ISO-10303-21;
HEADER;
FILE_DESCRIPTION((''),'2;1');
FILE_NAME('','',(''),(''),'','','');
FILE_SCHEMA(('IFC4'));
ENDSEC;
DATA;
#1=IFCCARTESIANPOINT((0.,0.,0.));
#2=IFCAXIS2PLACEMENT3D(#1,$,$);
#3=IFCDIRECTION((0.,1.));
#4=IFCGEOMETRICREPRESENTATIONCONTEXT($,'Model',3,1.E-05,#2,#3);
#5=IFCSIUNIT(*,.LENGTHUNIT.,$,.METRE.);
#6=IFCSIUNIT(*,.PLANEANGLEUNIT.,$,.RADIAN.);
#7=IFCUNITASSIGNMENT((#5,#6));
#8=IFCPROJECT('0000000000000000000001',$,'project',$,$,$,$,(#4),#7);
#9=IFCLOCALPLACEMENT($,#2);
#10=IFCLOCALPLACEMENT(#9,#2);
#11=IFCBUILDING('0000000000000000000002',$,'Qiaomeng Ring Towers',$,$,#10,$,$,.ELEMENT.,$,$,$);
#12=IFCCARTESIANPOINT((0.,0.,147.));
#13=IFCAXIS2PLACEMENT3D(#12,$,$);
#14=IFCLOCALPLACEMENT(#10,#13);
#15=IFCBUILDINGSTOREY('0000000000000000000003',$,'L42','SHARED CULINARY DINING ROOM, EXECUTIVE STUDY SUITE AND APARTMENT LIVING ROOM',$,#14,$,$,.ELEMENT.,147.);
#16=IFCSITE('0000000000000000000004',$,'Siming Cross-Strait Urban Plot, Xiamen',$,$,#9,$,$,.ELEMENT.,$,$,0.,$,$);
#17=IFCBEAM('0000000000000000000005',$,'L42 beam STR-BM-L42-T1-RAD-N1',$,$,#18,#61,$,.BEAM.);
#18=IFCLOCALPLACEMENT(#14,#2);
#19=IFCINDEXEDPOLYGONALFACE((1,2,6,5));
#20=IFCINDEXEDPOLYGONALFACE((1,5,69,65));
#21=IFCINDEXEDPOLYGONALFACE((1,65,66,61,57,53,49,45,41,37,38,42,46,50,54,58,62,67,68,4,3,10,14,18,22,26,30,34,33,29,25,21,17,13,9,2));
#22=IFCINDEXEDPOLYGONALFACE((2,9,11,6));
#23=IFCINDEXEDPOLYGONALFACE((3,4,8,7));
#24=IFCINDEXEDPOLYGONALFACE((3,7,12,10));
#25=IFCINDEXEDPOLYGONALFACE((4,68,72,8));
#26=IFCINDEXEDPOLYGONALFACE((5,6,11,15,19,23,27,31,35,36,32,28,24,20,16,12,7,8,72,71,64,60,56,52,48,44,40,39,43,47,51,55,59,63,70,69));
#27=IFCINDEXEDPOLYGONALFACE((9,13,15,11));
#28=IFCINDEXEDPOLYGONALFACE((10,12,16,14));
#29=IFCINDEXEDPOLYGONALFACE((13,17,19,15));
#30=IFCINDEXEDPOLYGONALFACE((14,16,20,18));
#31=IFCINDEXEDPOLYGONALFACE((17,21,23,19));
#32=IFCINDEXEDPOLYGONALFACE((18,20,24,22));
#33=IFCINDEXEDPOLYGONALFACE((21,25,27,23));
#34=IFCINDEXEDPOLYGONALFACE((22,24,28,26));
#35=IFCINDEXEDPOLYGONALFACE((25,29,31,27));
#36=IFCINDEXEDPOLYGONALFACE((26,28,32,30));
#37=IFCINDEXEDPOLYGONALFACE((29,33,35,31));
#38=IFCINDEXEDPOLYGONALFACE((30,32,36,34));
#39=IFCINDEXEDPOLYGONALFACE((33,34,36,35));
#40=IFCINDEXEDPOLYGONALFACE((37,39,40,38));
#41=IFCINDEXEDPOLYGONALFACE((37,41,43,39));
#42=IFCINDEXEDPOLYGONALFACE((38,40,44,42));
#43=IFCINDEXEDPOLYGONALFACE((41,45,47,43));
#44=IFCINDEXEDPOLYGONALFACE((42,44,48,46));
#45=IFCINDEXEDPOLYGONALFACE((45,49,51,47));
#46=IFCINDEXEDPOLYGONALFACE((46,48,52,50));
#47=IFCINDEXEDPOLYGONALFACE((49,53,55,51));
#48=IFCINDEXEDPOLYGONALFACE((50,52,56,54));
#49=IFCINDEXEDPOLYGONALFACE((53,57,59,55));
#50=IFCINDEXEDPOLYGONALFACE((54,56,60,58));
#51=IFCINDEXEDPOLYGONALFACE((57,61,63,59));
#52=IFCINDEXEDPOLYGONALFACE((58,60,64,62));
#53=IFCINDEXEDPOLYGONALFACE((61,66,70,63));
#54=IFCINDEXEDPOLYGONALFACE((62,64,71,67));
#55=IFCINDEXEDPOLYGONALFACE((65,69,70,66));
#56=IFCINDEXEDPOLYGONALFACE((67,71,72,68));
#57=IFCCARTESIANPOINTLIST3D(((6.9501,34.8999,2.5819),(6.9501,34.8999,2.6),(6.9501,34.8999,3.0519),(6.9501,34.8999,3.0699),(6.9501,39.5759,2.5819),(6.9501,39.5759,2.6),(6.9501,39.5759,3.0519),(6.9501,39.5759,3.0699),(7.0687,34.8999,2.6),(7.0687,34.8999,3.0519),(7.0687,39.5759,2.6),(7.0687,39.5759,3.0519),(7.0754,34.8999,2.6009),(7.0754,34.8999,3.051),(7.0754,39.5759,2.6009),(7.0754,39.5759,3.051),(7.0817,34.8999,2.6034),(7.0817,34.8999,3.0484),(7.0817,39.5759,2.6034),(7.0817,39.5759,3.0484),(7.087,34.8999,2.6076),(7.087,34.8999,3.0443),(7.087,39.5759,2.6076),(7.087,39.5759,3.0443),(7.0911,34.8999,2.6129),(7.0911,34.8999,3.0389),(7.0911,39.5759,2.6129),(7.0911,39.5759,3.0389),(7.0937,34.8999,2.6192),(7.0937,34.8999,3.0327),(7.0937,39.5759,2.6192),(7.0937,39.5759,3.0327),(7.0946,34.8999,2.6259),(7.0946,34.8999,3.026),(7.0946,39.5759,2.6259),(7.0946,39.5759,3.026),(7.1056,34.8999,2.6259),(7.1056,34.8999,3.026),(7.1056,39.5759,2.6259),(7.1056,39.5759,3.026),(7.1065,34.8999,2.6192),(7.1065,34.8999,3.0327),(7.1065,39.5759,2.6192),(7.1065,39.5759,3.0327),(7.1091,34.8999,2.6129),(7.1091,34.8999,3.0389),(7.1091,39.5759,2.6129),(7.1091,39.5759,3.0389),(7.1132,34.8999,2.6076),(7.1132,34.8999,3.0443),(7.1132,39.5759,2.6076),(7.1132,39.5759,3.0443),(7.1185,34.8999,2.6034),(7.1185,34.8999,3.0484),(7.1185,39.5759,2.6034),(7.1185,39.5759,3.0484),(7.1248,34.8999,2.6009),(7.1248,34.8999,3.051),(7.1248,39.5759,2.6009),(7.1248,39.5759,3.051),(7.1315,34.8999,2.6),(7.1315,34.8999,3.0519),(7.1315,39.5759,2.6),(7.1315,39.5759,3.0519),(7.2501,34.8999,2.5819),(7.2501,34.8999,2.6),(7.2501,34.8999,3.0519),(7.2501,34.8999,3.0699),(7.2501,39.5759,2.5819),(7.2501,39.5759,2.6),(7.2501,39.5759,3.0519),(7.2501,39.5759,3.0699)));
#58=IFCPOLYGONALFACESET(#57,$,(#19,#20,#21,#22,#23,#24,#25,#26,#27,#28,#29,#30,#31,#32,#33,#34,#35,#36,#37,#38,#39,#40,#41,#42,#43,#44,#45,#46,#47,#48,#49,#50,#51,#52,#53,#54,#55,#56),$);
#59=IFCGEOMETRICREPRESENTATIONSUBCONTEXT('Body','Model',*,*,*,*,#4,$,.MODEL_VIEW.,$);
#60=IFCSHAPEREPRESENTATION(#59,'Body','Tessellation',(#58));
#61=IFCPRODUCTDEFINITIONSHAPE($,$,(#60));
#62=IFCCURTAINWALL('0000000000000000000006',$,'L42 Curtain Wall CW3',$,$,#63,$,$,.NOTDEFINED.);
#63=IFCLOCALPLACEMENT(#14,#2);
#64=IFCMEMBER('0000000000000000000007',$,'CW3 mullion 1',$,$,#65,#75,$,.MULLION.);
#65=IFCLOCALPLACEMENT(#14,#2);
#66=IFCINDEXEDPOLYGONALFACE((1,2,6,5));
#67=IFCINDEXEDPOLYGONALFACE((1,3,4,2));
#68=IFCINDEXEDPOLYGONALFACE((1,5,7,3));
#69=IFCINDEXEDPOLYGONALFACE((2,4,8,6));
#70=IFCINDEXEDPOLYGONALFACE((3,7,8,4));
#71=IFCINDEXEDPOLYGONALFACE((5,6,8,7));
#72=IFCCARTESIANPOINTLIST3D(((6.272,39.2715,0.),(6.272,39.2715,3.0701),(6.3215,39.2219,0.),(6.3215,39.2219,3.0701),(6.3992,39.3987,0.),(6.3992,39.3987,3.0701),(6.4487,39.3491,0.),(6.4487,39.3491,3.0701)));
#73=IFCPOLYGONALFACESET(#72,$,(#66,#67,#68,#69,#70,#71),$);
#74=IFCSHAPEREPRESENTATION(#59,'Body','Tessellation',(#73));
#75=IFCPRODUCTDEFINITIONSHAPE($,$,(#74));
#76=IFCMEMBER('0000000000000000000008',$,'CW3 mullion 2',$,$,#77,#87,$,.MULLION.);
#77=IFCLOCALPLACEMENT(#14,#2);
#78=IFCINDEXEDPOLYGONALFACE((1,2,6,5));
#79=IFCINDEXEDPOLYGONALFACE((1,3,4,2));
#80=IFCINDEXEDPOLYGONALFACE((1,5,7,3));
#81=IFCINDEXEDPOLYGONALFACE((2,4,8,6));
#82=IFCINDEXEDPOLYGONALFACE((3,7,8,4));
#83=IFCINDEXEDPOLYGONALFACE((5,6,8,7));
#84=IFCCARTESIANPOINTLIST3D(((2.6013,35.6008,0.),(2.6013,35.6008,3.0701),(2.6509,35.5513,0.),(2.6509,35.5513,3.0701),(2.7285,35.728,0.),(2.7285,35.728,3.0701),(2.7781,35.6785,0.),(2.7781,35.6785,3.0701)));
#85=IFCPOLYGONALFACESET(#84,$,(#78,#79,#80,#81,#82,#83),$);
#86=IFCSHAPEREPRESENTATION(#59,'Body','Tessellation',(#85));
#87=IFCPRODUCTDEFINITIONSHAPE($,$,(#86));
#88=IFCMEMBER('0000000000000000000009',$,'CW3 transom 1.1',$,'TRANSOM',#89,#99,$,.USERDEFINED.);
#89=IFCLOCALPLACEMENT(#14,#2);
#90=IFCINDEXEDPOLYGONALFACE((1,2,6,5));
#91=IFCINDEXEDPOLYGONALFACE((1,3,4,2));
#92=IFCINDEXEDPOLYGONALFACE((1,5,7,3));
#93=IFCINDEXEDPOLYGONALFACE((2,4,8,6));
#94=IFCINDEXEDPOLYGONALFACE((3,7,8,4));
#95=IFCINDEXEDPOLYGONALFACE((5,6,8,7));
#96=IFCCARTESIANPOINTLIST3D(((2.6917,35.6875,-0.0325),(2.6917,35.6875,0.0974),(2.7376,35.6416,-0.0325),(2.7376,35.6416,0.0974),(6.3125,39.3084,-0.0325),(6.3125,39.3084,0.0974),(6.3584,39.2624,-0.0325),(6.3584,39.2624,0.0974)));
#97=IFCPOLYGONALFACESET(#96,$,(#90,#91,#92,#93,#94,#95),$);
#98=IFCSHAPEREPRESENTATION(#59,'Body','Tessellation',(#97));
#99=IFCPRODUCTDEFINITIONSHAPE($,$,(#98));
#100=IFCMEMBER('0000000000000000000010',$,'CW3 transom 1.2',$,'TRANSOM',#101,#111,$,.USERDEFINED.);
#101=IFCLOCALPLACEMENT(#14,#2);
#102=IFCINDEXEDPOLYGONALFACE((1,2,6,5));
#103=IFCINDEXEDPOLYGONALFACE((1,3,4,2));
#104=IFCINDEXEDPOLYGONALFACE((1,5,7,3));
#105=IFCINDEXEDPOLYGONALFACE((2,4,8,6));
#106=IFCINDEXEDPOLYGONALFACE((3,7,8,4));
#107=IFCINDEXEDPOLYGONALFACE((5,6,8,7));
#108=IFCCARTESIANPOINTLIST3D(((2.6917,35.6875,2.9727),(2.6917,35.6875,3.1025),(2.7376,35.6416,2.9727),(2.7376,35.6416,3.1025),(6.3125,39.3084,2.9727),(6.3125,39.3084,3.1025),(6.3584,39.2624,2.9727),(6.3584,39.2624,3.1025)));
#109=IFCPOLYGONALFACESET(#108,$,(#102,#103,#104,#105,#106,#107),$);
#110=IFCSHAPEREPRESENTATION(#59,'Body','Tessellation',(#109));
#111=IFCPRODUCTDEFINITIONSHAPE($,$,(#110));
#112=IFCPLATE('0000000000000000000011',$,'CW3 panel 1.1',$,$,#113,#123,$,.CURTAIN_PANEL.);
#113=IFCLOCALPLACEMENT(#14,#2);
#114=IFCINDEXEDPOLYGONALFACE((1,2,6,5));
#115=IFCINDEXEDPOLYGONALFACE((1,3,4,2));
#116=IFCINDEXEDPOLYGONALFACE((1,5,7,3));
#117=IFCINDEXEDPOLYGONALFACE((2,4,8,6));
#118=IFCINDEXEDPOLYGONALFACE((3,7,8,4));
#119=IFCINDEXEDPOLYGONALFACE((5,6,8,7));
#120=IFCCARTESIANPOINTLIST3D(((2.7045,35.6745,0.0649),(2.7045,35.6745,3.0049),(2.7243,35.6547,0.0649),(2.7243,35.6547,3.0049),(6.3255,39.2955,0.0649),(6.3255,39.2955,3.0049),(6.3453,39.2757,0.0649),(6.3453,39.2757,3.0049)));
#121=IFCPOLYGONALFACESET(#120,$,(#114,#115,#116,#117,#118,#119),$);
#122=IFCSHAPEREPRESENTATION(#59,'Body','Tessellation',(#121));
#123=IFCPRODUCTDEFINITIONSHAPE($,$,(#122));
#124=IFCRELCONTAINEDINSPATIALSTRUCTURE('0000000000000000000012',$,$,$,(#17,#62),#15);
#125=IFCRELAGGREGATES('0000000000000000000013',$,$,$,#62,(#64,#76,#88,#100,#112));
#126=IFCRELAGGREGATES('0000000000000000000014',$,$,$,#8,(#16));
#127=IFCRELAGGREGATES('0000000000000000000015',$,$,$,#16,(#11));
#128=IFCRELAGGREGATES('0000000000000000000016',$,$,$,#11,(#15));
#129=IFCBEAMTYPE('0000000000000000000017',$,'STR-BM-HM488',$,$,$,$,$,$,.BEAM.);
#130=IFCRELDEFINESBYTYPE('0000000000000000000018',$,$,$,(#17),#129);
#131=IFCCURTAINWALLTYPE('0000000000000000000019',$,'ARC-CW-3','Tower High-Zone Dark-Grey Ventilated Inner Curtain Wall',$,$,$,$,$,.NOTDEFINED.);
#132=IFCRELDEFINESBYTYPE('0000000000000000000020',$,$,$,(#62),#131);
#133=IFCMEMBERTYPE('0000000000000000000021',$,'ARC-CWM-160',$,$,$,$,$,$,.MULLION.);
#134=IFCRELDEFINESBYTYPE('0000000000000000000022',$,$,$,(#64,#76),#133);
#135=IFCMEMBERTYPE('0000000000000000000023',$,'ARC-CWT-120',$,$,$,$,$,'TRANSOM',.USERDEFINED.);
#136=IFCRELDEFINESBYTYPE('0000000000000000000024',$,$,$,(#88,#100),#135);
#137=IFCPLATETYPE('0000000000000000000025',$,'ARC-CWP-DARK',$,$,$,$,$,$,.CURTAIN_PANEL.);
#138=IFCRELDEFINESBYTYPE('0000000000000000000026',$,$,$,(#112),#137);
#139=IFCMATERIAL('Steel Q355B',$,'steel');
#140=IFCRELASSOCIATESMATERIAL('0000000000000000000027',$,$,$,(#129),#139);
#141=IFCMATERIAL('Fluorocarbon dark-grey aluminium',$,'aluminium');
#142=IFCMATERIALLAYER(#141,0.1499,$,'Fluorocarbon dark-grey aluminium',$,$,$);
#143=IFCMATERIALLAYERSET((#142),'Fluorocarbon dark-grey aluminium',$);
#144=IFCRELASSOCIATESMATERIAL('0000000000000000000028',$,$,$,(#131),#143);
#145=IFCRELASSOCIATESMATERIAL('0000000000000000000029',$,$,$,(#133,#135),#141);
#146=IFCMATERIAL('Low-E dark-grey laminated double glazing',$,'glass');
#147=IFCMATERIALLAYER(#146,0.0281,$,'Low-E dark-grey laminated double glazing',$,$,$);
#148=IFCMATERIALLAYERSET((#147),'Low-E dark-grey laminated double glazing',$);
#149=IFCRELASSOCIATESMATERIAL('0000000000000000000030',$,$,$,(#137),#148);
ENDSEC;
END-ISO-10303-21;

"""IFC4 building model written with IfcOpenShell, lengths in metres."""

from ifc_helpers import new_model, si_unit, direction, frame, origin, origin_2d, place, context, subcontext, project, spatial, rectangle, i_section, extrude, source, transform, mapped, material, layer, layer_set, material_profile, profile_set, type_object, element, aggregate, save


model = new_model("IFC4")

# Units and contexts
model_context = context("Model", 3, precision=1e-05, world=origin(), true_north=direction((0.0, 1.0)))
body_context = subcontext(model_context, "Body", "Model", "MODEL_VIEW")
ifc_project = project(units=[si_unit("LENGTHUNIT", "METRE"), si_unit("PLANEANGLEUNIT", "RADIAN")], contexts=[model_context])

# Site, building, storey
site_placement = place(None, origin())
site = spatial("IfcSite", under=ifc_project, at=site_placement, Name="Siming Cross-Strait Urban Plot, Xiamen", CompositionType="ELEMENT", RefElevation=0.0)
building_placement = place(site_placement, origin())
building = spatial("IfcBuilding", under=site, at=building_placement, Name="Qiaomeng Ring Towers", CompositionType="ELEMENT")
storey_placement = place(building_placement, frame((0.0, 0.0, 147.0)))
storey = spatial("IfcBuildingStorey", under=building, at=storey_placement, Name="L42", Description="SHARED CULINARY DINING ROOM, EXECUTIVE STUDY SUITE AND APARTMENT LIVING ROOM", CompositionType="ELEMENT", Elevation=147.0)

# Beam
ifc_material_1 = material(Name="Steel Q355B", Category="steel")
ifc_material_profile_1 = material_profile(ifc_material_1, i_section(OverallWidth=0.3, OverallDepth=0.488, WebThickness=0.011, FlangeThickness=0.0181, FilletRadius=0.0259, at=origin_2d()), Name="HM 488x300x11x18")
ifc_profile_set_1 = profile_set([ifc_material_profile_1], Name="Steel Q355B")
beam_type_1 = type_object("IfcBeamType", Name="STR-BM-HM488", PredefinedType="BEAM", material=ifc_profile_set_1)
shared_shape_1 = source(origin(), body_context, "Body", "SweptSolid", [
    extrude(i_section(OverallWidth=0.3, OverallDepth=0.488, WebThickness=0.011, FlangeThickness=0.0181, FilletRadius=0.0259, at=origin_2d()), origin(), (0.0, 0.0, 1.0), 4.676),
])
beam_1_placement = place(storey_placement, frame((7.1001, 39.5759, 2.8259), z_axis=(0.0, -1.0, 0.0), x_axis=(1.0, 0.0, 0.0)))
element("IfcBeam", 1, at=beam_1_placement, inside=storey, type_object=beam_type_1, Name="L42 beam STR-BM-L42-T1-RAD-N1", PredefinedType="BEAM", context=body_context, shape_type="MappedRepresentation", body=[
    mapped(shared_shape_1, transform((0.0, 0.0, 0.0), x_axis=(1.0, 0.0, 0.0), y_axis=(0.0, 1.0, 0.0), z_axis=(0.0, 0.0, 1.0), scale=1.0)),
])

# Curtain wall, members, plate
ifc_material_2 = material(Name="Fluorocarbon dark-grey aluminium", Category="aluminium")
ifc_layer_1 = layer(ifc_material_2, 0.1499, Name="Fluorocarbon dark-grey aluminium")
ifc_layer_set_1 = layer_set([ifc_layer_1], Name="Fluorocarbon dark-grey aluminium")
curtain_wall_type = type_object("IfcCurtainWallType", Name="ARC-CW-3", Description="Tower High-Zone Dark-Grey Ventilated Inner Curtain Wall", PredefinedType="NOTDEFINED", material=ifc_layer_set_1)
curtain_wall_placement = place(storey_placement, origin())
curtain_wall = element("IfcCurtainWall", 2, at=curtain_wall_placement, inside=storey, type_object=curtain_wall_type, Name="L42 Curtain Wall CW3", PredefinedType="NOTDEFINED")
ifc_material_profile_2 = material_profile(ifc_material_2, rectangle(XDim=0.0701, YDim=0.1799, at=origin_2d()), Name="ALU MULL 70x180")
ifc_profile_set_2 = profile_set([ifc_material_profile_2], Name="Fluorocarbon dark-grey aluminium")
member_type_1 = type_object("IfcMemberType", Name="ARC-CWM-160", PredefinedType="MULLION", material=ifc_profile_set_2)
shared_shape_2 = source(origin(), body_context, "Body", "SweptSolid", [
    extrude(rectangle(XDim=0.0701, YDim=0.1799, at=origin_2d()), origin(), (0.0, 0.0, 1.0), 3.0701),
])
member_1_placement = place(storey_placement, frame((6.3604, 39.3103, 0.0), z_axis=(0.0, 0.0, 1.0), x_axis=(0.707107, -0.707107, 0.0)))
member_1 = element("IfcMember", 3, at=member_1_placement, type_object=member_type_1, Name="CW3 mullion 1", PredefinedType="MULLION", context=body_context, shape_type="MappedRepresentation", body=[
    mapped(shared_shape_2, transform((0.0, 0.0, 0.0), x_axis=(1.0, 0.0, 0.0), y_axis=(0.0, 1.0, 0.0), z_axis=(0.0, 0.0, 1.0), scale=1.0)),
])
member_2_placement = place(storey_placement, frame((2.6897, 35.6396, 0.0), z_axis=(0.0, 0.0, 1.0), x_axis=(0.707107, -0.707107, 0.0)))
member_2 = element("IfcMember", 4, at=member_2_placement, type_object=member_type_1, Name="CW3 mullion 2", PredefinedType="MULLION", context=body_context, shape_type="MappedRepresentation", body=[
    mapped(shared_shape_2, transform((0.0, 0.0, 0.0), x_axis=(1.0, 0.0, 0.0), y_axis=(0.0, 1.0, 0.0), z_axis=(0.0, 0.0, 1.0), scale=1.0)),
])
ifc_material_profile_3 = material_profile(ifc_material_2, rectangle(XDim=0.0649, YDim=0.1299, at=origin_2d()), Name="ALU TRAN 65x130")
ifc_profile_set_3 = profile_set([ifc_material_profile_3], Name="Fluorocarbon dark-grey aluminium")
member_type_2 = type_object("IfcMemberType", Name="ARC-CWT-120", ElementType="TRANSOM", PredefinedType="USERDEFINED", material=ifc_profile_set_3)
shared_shape_3 = source(origin(), body_context, "Body", "SweptSolid", [
    extrude(rectangle(XDim=0.0649, YDim=0.1299, at=origin_2d()), origin(), (0.0, 0.0, 1.0), 5.1206),
])
member_3_placement = place(storey_placement, frame((6.3354, 39.2854, 0.0325), z_axis=(-0.707107, -0.707107, 0.0), x_axis=(0.707107, -0.707107, 0.0)))
member_3 = element("IfcMember", 5, at=member_3_placement, type_object=member_type_2, Name="CW3 transom 1.1", ObjectType="TRANSOM", PredefinedType="USERDEFINED", context=body_context, shape_type="MappedRepresentation", body=[
    mapped(shared_shape_3, transform((0.0, 0.0, 0.0), x_axis=(1.0, 0.0, 0.0), y_axis=(0.0, 1.0, 0.0), z_axis=(0.0, 0.0, 1.0), scale=1.0)),
])
member_4_placement = place(storey_placement, frame((6.3354, 39.2854, 3.0376), z_axis=(-0.707107, -0.707107, 0.0), x_axis=(0.707107, -0.707107, 0.0)))
member_4 = element("IfcMember", 6, at=member_4_placement, type_object=member_type_2, Name="CW3 transom 1.2", ObjectType="TRANSOM", PredefinedType="USERDEFINED", context=body_context, shape_type="MappedRepresentation", body=[
    mapped(shared_shape_3, transform((0.0, 0.0, 0.0), x_axis=(1.0, 0.0, 0.0), y_axis=(0.0, 1.0, 0.0), z_axis=(0.0, 0.0, 1.0), scale=1.0)),
])
ifc_material_3 = material(Name="Low-E dark-grey laminated double glazing", Category="glass")
ifc_layer_2 = layer(ifc_material_3, 0.0281, Name="Low-E dark-grey laminated double glazing")
ifc_layer_set_2 = layer_set([ifc_layer_2], Name="Low-E dark-grey laminated double glazing")
plate_type = type_object("IfcPlateType", Name="ARC-CWP-DARK", PredefinedType="CURTAIN_PANEL", material=ifc_layer_set_2)
shared_shape_4 = source(origin(), body_context, "Body", "SweptSolid", [
    extrude(rectangle(XDim=5.1208, YDim=0.0281, at=origin_2d()), origin(), (0.0, 0.0, 1.0), 2.9399),
])
plate_placement = place(storey_placement, frame((4.5249, 37.4751, 0.0649), z_axis=(0.0, 0.0, 1.0), x_axis=(-0.707107, -0.707107, 0.0)))
plate = element("IfcPlate", 7, at=plate_placement, type_object=plate_type, Name="CW3 panel 1.1", PredefinedType="CURTAIN_PANEL", context=body_context, shape_type="MappedRepresentation", body=[
    mapped(shared_shape_4, transform((0.0, 0.0, 0.0), x_axis=(1.0, 0.0, 0.0), y_axis=(0.0, 1.0, 0.0), z_axis=(0.0, 0.0, 1.0), scale=1.0)),
])
aggregate(curtain_wall, [member_1, member_2, member_3, member_4, plate])

save(model, "model.ifc")
